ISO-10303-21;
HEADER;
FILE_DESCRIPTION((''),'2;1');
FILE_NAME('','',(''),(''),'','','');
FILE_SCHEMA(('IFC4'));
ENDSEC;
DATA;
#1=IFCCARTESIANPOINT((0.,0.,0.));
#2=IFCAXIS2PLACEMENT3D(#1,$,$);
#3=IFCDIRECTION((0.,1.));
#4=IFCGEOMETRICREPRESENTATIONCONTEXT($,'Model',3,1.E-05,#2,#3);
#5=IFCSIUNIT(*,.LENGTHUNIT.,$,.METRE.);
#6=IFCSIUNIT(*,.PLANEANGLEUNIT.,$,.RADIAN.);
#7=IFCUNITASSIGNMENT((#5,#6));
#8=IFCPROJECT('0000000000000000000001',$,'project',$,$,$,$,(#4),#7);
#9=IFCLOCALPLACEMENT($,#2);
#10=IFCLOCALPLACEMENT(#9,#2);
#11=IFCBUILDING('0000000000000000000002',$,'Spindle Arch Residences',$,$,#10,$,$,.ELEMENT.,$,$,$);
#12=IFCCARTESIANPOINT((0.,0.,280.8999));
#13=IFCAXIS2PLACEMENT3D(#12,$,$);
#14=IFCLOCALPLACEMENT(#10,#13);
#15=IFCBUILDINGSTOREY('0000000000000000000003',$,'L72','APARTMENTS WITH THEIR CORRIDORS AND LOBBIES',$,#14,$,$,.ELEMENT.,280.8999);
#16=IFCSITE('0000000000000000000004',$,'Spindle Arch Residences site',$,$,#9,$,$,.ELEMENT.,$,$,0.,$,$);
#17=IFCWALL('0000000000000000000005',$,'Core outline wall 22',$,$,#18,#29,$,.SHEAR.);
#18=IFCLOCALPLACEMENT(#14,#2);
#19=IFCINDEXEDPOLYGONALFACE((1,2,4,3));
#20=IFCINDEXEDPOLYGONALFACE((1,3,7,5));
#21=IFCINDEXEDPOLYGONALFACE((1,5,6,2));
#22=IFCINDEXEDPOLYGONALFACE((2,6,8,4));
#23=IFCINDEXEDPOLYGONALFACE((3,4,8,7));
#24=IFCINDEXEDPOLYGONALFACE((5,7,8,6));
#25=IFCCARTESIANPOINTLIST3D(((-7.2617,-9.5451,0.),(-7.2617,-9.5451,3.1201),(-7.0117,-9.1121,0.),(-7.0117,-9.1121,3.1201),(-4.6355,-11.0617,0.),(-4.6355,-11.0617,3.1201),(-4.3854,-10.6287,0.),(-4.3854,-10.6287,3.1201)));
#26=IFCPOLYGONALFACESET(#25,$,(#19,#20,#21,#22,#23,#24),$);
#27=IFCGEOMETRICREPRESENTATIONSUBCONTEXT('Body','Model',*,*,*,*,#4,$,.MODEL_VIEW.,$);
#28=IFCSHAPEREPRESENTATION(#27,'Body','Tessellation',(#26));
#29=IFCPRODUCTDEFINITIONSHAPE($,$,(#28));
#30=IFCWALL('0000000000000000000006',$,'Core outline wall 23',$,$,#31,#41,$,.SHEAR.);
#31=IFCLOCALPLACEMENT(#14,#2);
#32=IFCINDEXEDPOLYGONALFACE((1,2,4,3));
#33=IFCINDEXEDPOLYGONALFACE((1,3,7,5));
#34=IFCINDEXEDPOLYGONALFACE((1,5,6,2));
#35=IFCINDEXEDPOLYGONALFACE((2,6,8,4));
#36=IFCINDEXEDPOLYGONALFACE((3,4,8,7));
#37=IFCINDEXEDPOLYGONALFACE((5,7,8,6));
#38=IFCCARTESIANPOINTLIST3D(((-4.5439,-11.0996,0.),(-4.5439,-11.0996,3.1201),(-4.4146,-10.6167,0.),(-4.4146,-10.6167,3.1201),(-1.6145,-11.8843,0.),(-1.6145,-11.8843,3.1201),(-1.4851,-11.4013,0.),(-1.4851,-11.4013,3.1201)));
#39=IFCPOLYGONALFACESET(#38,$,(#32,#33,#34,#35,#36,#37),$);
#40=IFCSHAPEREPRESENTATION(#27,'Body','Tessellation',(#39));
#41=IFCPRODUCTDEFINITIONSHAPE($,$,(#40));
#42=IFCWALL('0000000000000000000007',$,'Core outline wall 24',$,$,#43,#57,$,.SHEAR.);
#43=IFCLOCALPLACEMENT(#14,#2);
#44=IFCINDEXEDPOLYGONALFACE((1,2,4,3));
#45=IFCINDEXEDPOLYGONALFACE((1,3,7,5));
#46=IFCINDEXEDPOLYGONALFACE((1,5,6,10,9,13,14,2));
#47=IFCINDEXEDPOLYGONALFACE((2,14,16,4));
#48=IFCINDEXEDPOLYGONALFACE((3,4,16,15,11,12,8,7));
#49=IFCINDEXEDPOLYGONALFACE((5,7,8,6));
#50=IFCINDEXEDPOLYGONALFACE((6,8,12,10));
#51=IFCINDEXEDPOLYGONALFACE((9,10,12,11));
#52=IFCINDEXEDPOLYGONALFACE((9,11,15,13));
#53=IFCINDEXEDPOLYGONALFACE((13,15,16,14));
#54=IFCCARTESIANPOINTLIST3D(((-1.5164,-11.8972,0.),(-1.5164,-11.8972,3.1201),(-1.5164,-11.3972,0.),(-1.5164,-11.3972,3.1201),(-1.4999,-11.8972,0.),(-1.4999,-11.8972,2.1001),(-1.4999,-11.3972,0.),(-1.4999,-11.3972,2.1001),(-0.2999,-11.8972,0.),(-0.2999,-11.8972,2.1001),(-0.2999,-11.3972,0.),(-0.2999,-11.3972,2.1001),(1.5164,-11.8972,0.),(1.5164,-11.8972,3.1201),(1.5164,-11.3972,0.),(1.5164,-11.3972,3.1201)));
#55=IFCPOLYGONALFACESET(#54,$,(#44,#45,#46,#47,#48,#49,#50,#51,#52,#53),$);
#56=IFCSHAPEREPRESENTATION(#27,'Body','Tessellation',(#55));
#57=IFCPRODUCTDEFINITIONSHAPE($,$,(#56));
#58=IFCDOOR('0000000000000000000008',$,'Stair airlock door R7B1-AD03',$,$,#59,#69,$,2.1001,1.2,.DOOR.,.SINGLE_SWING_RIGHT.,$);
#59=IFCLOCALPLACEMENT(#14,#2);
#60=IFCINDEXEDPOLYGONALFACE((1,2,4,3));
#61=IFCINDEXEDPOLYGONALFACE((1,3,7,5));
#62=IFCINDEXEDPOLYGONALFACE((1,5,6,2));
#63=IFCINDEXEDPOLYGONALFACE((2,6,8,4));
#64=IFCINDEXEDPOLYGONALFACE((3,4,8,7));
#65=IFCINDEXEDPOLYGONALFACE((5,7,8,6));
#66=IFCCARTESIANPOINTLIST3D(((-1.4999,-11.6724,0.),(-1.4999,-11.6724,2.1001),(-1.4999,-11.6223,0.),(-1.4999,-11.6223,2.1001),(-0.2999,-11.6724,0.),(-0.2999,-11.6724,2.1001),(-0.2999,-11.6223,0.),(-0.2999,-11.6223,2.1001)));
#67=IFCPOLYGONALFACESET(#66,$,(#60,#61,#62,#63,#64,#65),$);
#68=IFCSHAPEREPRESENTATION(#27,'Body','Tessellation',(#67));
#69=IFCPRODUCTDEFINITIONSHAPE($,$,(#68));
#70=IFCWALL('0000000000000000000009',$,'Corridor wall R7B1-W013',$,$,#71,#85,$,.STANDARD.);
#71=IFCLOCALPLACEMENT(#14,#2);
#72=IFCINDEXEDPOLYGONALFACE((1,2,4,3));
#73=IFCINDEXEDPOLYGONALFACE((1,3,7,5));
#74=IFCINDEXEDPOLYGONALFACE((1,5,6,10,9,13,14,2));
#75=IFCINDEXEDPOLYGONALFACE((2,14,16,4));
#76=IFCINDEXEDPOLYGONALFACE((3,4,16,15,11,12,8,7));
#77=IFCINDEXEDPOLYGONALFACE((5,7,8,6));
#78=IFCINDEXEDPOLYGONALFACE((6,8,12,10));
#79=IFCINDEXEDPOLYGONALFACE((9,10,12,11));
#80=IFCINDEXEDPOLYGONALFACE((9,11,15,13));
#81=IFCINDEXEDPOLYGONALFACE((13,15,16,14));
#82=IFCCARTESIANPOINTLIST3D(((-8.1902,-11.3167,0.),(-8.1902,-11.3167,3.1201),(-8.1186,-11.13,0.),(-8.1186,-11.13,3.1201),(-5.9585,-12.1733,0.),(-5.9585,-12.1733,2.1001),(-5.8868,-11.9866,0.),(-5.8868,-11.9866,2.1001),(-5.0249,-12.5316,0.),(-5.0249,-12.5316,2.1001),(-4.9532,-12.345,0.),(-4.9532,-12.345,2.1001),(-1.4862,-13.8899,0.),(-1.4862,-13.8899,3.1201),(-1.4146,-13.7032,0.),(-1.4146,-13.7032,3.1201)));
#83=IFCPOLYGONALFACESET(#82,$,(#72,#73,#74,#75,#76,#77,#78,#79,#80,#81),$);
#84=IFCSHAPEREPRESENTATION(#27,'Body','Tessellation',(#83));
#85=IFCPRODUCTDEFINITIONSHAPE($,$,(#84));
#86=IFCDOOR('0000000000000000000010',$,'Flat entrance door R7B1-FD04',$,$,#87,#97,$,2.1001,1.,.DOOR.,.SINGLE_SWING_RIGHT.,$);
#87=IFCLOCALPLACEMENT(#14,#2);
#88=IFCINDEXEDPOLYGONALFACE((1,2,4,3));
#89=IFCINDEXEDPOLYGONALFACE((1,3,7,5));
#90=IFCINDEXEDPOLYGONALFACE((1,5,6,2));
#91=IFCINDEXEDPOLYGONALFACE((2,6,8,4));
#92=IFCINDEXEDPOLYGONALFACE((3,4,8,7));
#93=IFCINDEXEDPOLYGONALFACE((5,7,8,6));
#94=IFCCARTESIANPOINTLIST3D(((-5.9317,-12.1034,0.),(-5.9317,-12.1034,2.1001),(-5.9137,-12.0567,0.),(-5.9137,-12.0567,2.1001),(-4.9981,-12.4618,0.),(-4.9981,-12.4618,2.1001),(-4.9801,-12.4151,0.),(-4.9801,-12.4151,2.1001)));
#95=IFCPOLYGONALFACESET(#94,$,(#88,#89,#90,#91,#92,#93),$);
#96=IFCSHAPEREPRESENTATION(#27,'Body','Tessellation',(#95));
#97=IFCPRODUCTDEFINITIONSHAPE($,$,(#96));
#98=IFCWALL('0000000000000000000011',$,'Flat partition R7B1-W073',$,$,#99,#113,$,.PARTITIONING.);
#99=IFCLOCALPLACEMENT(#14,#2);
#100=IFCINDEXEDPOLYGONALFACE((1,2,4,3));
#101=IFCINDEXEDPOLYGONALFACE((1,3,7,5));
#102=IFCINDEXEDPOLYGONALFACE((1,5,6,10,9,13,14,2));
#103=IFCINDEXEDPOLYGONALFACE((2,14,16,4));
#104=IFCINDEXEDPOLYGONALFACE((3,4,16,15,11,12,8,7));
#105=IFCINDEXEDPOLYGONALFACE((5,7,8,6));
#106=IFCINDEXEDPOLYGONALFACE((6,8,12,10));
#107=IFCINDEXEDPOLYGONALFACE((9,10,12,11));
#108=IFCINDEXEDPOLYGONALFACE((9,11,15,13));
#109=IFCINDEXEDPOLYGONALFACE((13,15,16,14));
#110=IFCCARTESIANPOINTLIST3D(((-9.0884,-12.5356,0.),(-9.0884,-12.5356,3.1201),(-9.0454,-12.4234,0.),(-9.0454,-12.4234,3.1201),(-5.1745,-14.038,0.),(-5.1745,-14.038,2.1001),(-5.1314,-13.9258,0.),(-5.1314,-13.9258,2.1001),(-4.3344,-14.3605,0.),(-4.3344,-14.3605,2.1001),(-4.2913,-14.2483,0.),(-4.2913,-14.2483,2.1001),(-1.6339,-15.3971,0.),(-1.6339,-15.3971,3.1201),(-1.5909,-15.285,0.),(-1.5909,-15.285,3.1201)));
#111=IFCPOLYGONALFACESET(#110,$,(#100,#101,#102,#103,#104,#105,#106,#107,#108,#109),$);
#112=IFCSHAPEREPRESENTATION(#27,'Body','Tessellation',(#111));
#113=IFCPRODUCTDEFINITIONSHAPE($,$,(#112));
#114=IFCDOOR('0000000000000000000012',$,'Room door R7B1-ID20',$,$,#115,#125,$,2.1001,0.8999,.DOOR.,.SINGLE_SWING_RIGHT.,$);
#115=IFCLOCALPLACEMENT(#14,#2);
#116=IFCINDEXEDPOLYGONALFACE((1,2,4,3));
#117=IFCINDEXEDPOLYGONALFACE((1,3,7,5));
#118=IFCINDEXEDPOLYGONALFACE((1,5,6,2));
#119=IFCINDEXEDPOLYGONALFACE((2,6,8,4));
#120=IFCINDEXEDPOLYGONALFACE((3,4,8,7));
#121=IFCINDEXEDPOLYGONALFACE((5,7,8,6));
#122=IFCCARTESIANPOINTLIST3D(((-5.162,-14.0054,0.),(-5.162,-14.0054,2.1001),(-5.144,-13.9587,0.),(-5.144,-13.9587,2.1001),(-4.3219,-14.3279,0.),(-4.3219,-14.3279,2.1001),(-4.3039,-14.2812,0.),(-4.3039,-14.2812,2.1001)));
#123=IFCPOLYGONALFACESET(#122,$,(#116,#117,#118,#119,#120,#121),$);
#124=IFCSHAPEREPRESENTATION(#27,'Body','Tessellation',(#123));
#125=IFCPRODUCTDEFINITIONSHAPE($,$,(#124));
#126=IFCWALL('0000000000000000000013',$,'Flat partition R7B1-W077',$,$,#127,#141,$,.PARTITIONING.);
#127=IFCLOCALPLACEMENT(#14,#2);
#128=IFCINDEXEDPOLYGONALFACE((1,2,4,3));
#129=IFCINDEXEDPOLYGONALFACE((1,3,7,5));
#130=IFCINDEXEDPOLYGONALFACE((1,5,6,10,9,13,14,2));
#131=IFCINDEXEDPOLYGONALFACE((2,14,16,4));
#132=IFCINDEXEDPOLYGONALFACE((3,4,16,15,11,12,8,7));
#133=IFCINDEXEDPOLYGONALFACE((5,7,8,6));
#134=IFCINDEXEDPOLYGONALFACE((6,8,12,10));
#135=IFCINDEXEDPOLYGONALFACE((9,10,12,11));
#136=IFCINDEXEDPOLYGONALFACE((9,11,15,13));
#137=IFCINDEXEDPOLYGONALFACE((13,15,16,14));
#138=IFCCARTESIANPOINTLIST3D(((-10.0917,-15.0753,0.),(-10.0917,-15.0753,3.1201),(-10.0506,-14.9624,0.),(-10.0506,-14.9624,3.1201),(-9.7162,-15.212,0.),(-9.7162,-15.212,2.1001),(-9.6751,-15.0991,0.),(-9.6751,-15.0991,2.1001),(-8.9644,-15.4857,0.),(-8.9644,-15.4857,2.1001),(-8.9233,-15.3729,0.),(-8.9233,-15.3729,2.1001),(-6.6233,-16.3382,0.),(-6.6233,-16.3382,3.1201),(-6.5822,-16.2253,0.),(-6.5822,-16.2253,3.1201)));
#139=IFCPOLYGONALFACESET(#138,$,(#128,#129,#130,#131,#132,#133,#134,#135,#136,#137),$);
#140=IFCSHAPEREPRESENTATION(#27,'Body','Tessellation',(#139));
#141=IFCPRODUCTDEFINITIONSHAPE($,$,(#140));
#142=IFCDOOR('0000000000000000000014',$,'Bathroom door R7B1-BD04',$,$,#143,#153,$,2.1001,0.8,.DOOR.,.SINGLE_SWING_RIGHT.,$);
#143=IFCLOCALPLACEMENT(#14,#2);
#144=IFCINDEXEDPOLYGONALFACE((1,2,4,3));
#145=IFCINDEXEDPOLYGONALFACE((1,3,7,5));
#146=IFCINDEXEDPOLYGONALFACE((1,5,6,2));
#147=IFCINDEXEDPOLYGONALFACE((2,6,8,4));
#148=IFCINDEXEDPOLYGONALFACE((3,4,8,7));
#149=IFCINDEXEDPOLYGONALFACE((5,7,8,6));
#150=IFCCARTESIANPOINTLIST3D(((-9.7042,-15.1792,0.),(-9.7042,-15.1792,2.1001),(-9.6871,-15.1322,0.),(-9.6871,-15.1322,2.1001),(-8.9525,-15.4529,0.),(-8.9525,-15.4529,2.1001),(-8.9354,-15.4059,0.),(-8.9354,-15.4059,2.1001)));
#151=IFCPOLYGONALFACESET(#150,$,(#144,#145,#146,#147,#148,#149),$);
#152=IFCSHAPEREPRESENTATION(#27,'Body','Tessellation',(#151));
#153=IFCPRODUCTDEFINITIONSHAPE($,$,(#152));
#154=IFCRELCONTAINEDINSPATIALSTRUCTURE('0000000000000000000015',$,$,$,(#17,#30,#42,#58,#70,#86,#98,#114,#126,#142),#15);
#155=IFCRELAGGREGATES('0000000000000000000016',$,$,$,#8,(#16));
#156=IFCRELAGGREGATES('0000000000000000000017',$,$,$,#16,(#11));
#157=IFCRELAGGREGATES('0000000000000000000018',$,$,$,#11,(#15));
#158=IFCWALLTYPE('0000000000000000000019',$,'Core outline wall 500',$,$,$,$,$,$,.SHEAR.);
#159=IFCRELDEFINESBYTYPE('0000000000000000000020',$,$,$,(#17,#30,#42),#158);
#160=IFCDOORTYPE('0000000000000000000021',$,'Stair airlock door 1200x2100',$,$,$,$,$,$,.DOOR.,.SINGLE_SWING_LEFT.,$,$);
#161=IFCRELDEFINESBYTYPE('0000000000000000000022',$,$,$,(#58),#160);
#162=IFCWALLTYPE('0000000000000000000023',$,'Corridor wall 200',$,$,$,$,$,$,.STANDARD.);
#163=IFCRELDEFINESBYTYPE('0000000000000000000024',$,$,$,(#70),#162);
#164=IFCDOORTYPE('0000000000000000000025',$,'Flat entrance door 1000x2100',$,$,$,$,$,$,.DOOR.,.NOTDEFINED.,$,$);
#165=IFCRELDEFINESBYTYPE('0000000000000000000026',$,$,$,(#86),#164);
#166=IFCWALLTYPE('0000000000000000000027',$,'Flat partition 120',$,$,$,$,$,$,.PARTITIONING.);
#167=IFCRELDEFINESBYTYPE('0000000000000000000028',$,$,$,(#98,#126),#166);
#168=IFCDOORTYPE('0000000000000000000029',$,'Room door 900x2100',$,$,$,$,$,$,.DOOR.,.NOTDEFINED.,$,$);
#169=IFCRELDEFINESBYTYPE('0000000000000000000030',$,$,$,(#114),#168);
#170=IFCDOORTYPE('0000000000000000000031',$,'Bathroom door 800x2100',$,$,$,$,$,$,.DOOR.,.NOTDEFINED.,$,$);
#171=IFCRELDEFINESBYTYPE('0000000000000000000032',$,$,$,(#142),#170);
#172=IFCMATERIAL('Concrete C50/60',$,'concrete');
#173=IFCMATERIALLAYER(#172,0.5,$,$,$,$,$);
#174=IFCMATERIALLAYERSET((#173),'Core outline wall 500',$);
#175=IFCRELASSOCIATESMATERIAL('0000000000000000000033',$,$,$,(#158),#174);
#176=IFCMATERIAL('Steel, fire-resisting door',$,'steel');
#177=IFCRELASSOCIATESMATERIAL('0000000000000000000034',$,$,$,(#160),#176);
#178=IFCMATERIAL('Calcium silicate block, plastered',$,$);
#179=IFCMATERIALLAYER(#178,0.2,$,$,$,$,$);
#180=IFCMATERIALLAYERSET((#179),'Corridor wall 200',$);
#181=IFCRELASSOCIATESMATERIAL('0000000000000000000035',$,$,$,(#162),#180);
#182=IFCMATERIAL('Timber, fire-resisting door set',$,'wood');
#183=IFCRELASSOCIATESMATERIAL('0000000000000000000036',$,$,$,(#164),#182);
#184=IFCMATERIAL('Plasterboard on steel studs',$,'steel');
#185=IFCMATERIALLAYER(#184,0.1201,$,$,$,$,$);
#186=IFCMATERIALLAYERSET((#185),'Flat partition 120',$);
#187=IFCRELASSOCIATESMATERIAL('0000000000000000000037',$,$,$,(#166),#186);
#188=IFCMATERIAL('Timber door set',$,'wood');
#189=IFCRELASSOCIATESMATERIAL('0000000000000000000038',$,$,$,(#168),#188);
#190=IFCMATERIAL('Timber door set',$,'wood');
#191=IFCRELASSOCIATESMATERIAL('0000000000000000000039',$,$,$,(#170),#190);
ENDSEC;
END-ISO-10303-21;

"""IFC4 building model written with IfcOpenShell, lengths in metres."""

from ifc_helpers import new_model, si_unit, direction, frame, frame_2d, origin, place, context, subcontext, project, spatial, rectangle, extrude, material, layer, layer_set, type_object, element, fill, save


model = new_model("IFC4")

# Units and contexts
model_context = context("Model", 3, precision=1e-05, world=origin(), true_north=direction((0.0, 1.0)))
body_context = subcontext(model_context, "Body", "Model", "MODEL_VIEW")
ifc_project = project(units=[si_unit("LENGTHUNIT", "METRE"), si_unit("PLANEANGLEUNIT", "RADIAN")], contexts=[model_context])

# Site, building, storey
site_placement = place(None, origin())
site = spatial("IfcSite", under=ifc_project, at=site_placement, Name="Spindle Arch Residences site", CompositionType="ELEMENT", RefElevation=0.0)
building_placement = place(site_placement, origin())
building = spatial("IfcBuilding", under=site, at=building_placement, Name="Spindle Arch Residences", CompositionType="ELEMENT")
storey_placement = place(building_placement, frame((0.0, 0.0, 280.8999)))
storey = spatial("IfcBuildingStorey", under=building, at=storey_placement, Name="L72", Description="APARTMENTS WITH THEIR CORRIDORS AND LOBBIES", CompositionType="ELEMENT", Elevation=280.8999)

# Walls
ifc_material_1 = material(Name="Concrete C50/60", Category="concrete")
ifc_layer_1 = layer(ifc_material_1, 0.5)
ifc_layer_set_1 = layer_set([ifc_layer_1], Name="Core outline wall 500")
wall_type_1 = type_object("IfcWallType", Name="Core outline wall 500", PredefinedType="SHEAR", material=ifc_layer_set_1)
for number, where, z_axis, x_axis, name in (
    (1, (-7.1367, -9.3286, 0.0), (0.0, 0.0, 1.0), (0.865975, -0.500087, 0.0), "Core outline wall 22"),
    (2, (-4.4792, -10.8582, 0.0), (0.0, 0.0, 1.0), (0.965948, -0.258735, 0.0), "Core outline wall 23"),
):
    element("IfcWall", number, at=place(storey_placement, frame(where, z_axis=z_axis, x_axis=x_axis)), inside=storey, type_object=wall_type_1, Name=name, PredefinedType="SHEAR", context=body_context, shape_type="SweptSolid", body=[
        extrude(rectangle(XDim=3.0327, YDim=0.5, at=frame_2d((1.5164, 0.0))), origin(), (0.0, 0.0, 1.0), 3.1201),
    ])

# Walls, openings, doors
wall_1_placement = place(storey_placement, frame((-1.5164, -11.6472, 0.0), z_axis=(0.0, 0.0, 1.0), x_axis=(1.0, 0.0, 0.0)))
wall_1 = element("IfcWall", 3, at=wall_1_placement, inside=storey, type_object=wall_type_1, Name="Core outline wall 24", PredefinedType="SHEAR", context=body_context, shape_type="SweptSolid", body=[
    extrude(rectangle(XDim=3.0327, YDim=0.5, at=frame_2d((1.5164, 0.0))), origin(), (0.0, 0.0, 1.0), 3.1201),
])
opening_1_placement = place(wall_1_placement, frame((0.0164, 0.0, 0.0)))
opening_1 = element("IfcOpeningElement", 4, at=opening_1_placement, cuts=wall_1, PredefinedType="OPENING", context=body_context, shape_type="SweptSolid", body=[
    extrude(rectangle(XDim=1.2, YDim=2.1001, at=frame_2d((0.6001, 1.05))), frame((0.0, 0.26, 0.0), z_axis=(0.0, -1.0, 0.0), x_axis=(1.0, 0.0, 0.0)), (0.0, 0.0, 1.0), 0.52),
])
ifc_material_2 = material(Name="Steel, fire-resisting door", Category="steel")
door_type_1 = type_object("IfcDoorType", Name="Stair airlock door 1200x2100", OperationType="SINGLE_SWING_LEFT", PredefinedType="DOOR", material=ifc_material_2)
door_1_placement = place(opening_1_placement, origin())
door_1 = element("IfcDoor", 5, at=door_1_placement, inside=storey, type_object=door_type_1, Name="Stair airlock door R7B1-AD03", OperationType="SINGLE_SWING_RIGHT", OverallHeight=2.1001, OverallWidth=1.2, PredefinedType="DOOR", context=body_context, shape_type="SweptSolid", body=[
    extrude(rectangle(XDim=1.2, YDim=2.1001, at=frame_2d((0.6001, 1.05))), frame((0.0, 0.0249, 0.0), z_axis=(0.0, -1.0, 0.0), x_axis=(1.0, 0.0, 0.0)), (0.0, 0.0, 1.0), 0.05),
])
fill(opening_1, door_1)
ifc_material_3 = material(Name="Calcium silicate block, plastered")
ifc_layer_2 = layer(ifc_material_3, 0.2)
ifc_layer_set_2 = layer_set([ifc_layer_2], Name="Corridor wall 200")
wall_type_2 = type_object("IfcWallType", Name="Corridor wall 200", PredefinedType="STANDARD", material=ifc_layer_set_2)
wall_2_placement = place(storey_placement, frame((-8.1543, -11.2234, 0.0), z_axis=(0.0, 0.0, 1.0), x_axis=(0.933591, -0.358341, 0.0)))
wall_2 = element("IfcWall", 6, at=wall_2_placement, inside=storey, type_object=wall_type_2, Name="Corridor wall R7B1-W013", PredefinedType="STANDARD", context=body_context, shape_type="SweptSolid", body=[
    extrude(rectangle(XDim=7.1809, YDim=0.2, at=frame_2d((3.5903, 0.0))), origin(), (0.0, 0.0, 1.0), 3.1201),
])
opening_2_placement = place(wall_2_placement, frame((2.3904, 0.0, 0.0)))
opening_2 = element("IfcOpeningElement", 7, at=opening_2_placement, cuts=wall_2, PredefinedType="OPENING", context=body_context, shape_type="SweptSolid", body=[
    extrude(rectangle(XDim=1.0, YDim=2.1001, at=frame_2d((0.5, 1.05))), frame((0.0, 0.1099, 0.0), z_axis=(0.0, -1.0, 0.0), x_axis=(1.0, 0.0, 0.0)), (0.0, 0.0, 1.0), 0.22),
])
ifc_material_4 = material(Name="Timber, fire-resisting door set", Category="wood")
door_type_2 = type_object("IfcDoorType", Name="Flat entrance door 1000x2100", OperationType="NOTDEFINED", PredefinedType="DOOR", material=ifc_material_4)
door_2_placement = place(opening_2_placement, origin())
door_2 = element("IfcDoor", 8, at=door_2_placement, inside=storey, type_object=door_type_2, Name="Flat entrance door R7B1-FD04", OperationType="SINGLE_SWING_RIGHT", OverallHeight=2.1001, OverallWidth=1.0, PredefinedType="DOOR", context=body_context, shape_type="SweptSolid", body=[
    extrude(rectangle(XDim=1.0, YDim=2.1001, at=frame_2d((0.5, 1.05))), frame((0.0, 0.0249, 0.0), z_axis=(0.0, -1.0, 0.0), x_axis=(1.0, 0.0, 0.0)), (0.0, 0.0, 1.0), 0.05),
])
fill(opening_2, door_2)
ifc_material_5 = material(Name="Plasterboard on steel studs", Category="steel")
ifc_layer_3 = layer(ifc_material_5, 0.1201)
ifc_layer_set_3 = layer_set([ifc_layer_3], Name="Flat partition 120")
wall_type_3 = type_object("IfcWallType", Name="Flat partition 120", PredefinedType="PARTITIONING", material=ifc_layer_set_3)
wall_3_placement = place(storey_placement, frame((-9.0669, -12.4795, 0.0), z_axis=(0.0, 0.0, 1.0), x_axis=(0.933579, -0.35837, 0.0)))
wall_3 = element("IfcWall", 9, at=wall_3_placement, inside=storey, type_object=wall_type_3, Name="Flat partition R7B1-W073", PredefinedType="PARTITIONING", context=body_context, shape_type="SweptSolid", body=[
    extrude(rectangle(XDim=7.9849, YDim=0.1201, at=frame_2d((3.9924, 0.0))), origin(), (0.0, 0.0, 1.0), 3.1201),
])
opening_3_placement = place(wall_3_placement, frame((4.1924, 0.0, 0.0)))
opening_3 = element("IfcOpeningElement", 10, at=opening_3_placement, cuts=wall_3, PredefinedType="OPENING", context=body_context, shape_type="SweptSolid", body=[
    extrude(rectangle(XDim=0.8999, YDim=2.1001, at=frame_2d((0.45, 1.05))), frame((0.0, 0.0701, 0.0), z_axis=(0.0, -1.0, 0.0), x_axis=(1.0, 0.0, 0.0)), (0.0, 0.0, 1.0), 0.1401),
])
ifc_material_6 = material(Name="Timber door set", Category="wood")
door_type_3 = type_object("IfcDoorType", Name="Room door 900x2100", OperationType="NOTDEFINED", PredefinedType="DOOR", material=ifc_material_6)
door_3_placement = place(opening_3_placement, origin())
door_3 = element("IfcDoor", 11, at=door_3_placement, inside=storey, type_object=door_type_3, Name="Room door R7B1-ID20", OperationType="SINGLE_SWING_RIGHT", OverallHeight=2.1001, OverallWidth=0.8999, PredefinedType="DOOR", context=body_context, shape_type="SweptSolid", body=[
    extrude(rectangle(XDim=0.8999, YDim=2.1001, at=frame_2d((0.45, 1.05))), frame((0.0, 0.0249, 0.0), z_axis=(0.0, -1.0, 0.0), x_axis=(1.0, 0.0, 0.0)), (0.0, 0.0, 1.0), 0.05),
])
fill(opening_3, door_3)
wall_4_placement = place(storey_placement, frame((-10.0713, -15.0188, 0.0), z_axis=(0.0, 0.0, 1.0), x_axis=(0.939649, -0.342141, 0.0)))
wall_4 = element("IfcWall", 12, at=wall_4_placement, inside=storey, type_object=wall_type_3, Name="Flat partition R7B1-W077", PredefinedType="PARTITIONING", context=body_context, shape_type="SweptSolid", body=[
    extrude(rectangle(XDim=3.6912, YDim=0.1201, at=frame_2d((1.8457, 0.0))), origin(), (0.0, 0.0, 1.0), 3.1201),
])
opening_4_placement = place(wall_4_placement, frame((0.3999, 0.0, 0.0)))
opening_4 = element("IfcOpeningElement", 13, at=opening_4_placement, cuts=wall_4, PredefinedType="OPENING", context=body_context, shape_type="SweptSolid", body=[
    extrude(rectangle(XDim=0.8, YDim=2.1001, at=frame_2d((0.3999, 1.05))), frame((0.0, 0.0701, 0.0), z_axis=(0.0, -1.0, 0.0), x_axis=(1.0, 0.0, 0.0)), (0.0, 0.0, 1.0), 0.1401),
])
ifc_material_7 = material(Name="Timber door set", Category="wood")
door_type_4 = type_object("IfcDoorType", Name="Bathroom door 800x2100", OperationType="NOTDEFINED", PredefinedType="DOOR", material=ifc_material_7)
door_4_placement = place(opening_4_placement, origin())
door_4 = element("IfcDoor", 14, at=door_4_placement, inside=storey, type_object=door_type_4, Name="Bathroom door R7B1-BD04", OperationType="SINGLE_SWING_RIGHT", OverallHeight=2.1001, OverallWidth=0.8, PredefinedType="DOOR", context=body_context, shape_type="SweptSolid", body=[
    extrude(rectangle(XDim=0.8, YDim=2.1001, at=frame_2d((0.3999, 1.05))), frame((0.0, 0.0249, 0.0), z_axis=(0.0, -1.0, 0.0), x_axis=(1.0, 0.0, 0.0)), (0.0, 0.0, 1.0), 0.05),
])
fill(opening_4, door_4)

save(model, "model.ifc")
